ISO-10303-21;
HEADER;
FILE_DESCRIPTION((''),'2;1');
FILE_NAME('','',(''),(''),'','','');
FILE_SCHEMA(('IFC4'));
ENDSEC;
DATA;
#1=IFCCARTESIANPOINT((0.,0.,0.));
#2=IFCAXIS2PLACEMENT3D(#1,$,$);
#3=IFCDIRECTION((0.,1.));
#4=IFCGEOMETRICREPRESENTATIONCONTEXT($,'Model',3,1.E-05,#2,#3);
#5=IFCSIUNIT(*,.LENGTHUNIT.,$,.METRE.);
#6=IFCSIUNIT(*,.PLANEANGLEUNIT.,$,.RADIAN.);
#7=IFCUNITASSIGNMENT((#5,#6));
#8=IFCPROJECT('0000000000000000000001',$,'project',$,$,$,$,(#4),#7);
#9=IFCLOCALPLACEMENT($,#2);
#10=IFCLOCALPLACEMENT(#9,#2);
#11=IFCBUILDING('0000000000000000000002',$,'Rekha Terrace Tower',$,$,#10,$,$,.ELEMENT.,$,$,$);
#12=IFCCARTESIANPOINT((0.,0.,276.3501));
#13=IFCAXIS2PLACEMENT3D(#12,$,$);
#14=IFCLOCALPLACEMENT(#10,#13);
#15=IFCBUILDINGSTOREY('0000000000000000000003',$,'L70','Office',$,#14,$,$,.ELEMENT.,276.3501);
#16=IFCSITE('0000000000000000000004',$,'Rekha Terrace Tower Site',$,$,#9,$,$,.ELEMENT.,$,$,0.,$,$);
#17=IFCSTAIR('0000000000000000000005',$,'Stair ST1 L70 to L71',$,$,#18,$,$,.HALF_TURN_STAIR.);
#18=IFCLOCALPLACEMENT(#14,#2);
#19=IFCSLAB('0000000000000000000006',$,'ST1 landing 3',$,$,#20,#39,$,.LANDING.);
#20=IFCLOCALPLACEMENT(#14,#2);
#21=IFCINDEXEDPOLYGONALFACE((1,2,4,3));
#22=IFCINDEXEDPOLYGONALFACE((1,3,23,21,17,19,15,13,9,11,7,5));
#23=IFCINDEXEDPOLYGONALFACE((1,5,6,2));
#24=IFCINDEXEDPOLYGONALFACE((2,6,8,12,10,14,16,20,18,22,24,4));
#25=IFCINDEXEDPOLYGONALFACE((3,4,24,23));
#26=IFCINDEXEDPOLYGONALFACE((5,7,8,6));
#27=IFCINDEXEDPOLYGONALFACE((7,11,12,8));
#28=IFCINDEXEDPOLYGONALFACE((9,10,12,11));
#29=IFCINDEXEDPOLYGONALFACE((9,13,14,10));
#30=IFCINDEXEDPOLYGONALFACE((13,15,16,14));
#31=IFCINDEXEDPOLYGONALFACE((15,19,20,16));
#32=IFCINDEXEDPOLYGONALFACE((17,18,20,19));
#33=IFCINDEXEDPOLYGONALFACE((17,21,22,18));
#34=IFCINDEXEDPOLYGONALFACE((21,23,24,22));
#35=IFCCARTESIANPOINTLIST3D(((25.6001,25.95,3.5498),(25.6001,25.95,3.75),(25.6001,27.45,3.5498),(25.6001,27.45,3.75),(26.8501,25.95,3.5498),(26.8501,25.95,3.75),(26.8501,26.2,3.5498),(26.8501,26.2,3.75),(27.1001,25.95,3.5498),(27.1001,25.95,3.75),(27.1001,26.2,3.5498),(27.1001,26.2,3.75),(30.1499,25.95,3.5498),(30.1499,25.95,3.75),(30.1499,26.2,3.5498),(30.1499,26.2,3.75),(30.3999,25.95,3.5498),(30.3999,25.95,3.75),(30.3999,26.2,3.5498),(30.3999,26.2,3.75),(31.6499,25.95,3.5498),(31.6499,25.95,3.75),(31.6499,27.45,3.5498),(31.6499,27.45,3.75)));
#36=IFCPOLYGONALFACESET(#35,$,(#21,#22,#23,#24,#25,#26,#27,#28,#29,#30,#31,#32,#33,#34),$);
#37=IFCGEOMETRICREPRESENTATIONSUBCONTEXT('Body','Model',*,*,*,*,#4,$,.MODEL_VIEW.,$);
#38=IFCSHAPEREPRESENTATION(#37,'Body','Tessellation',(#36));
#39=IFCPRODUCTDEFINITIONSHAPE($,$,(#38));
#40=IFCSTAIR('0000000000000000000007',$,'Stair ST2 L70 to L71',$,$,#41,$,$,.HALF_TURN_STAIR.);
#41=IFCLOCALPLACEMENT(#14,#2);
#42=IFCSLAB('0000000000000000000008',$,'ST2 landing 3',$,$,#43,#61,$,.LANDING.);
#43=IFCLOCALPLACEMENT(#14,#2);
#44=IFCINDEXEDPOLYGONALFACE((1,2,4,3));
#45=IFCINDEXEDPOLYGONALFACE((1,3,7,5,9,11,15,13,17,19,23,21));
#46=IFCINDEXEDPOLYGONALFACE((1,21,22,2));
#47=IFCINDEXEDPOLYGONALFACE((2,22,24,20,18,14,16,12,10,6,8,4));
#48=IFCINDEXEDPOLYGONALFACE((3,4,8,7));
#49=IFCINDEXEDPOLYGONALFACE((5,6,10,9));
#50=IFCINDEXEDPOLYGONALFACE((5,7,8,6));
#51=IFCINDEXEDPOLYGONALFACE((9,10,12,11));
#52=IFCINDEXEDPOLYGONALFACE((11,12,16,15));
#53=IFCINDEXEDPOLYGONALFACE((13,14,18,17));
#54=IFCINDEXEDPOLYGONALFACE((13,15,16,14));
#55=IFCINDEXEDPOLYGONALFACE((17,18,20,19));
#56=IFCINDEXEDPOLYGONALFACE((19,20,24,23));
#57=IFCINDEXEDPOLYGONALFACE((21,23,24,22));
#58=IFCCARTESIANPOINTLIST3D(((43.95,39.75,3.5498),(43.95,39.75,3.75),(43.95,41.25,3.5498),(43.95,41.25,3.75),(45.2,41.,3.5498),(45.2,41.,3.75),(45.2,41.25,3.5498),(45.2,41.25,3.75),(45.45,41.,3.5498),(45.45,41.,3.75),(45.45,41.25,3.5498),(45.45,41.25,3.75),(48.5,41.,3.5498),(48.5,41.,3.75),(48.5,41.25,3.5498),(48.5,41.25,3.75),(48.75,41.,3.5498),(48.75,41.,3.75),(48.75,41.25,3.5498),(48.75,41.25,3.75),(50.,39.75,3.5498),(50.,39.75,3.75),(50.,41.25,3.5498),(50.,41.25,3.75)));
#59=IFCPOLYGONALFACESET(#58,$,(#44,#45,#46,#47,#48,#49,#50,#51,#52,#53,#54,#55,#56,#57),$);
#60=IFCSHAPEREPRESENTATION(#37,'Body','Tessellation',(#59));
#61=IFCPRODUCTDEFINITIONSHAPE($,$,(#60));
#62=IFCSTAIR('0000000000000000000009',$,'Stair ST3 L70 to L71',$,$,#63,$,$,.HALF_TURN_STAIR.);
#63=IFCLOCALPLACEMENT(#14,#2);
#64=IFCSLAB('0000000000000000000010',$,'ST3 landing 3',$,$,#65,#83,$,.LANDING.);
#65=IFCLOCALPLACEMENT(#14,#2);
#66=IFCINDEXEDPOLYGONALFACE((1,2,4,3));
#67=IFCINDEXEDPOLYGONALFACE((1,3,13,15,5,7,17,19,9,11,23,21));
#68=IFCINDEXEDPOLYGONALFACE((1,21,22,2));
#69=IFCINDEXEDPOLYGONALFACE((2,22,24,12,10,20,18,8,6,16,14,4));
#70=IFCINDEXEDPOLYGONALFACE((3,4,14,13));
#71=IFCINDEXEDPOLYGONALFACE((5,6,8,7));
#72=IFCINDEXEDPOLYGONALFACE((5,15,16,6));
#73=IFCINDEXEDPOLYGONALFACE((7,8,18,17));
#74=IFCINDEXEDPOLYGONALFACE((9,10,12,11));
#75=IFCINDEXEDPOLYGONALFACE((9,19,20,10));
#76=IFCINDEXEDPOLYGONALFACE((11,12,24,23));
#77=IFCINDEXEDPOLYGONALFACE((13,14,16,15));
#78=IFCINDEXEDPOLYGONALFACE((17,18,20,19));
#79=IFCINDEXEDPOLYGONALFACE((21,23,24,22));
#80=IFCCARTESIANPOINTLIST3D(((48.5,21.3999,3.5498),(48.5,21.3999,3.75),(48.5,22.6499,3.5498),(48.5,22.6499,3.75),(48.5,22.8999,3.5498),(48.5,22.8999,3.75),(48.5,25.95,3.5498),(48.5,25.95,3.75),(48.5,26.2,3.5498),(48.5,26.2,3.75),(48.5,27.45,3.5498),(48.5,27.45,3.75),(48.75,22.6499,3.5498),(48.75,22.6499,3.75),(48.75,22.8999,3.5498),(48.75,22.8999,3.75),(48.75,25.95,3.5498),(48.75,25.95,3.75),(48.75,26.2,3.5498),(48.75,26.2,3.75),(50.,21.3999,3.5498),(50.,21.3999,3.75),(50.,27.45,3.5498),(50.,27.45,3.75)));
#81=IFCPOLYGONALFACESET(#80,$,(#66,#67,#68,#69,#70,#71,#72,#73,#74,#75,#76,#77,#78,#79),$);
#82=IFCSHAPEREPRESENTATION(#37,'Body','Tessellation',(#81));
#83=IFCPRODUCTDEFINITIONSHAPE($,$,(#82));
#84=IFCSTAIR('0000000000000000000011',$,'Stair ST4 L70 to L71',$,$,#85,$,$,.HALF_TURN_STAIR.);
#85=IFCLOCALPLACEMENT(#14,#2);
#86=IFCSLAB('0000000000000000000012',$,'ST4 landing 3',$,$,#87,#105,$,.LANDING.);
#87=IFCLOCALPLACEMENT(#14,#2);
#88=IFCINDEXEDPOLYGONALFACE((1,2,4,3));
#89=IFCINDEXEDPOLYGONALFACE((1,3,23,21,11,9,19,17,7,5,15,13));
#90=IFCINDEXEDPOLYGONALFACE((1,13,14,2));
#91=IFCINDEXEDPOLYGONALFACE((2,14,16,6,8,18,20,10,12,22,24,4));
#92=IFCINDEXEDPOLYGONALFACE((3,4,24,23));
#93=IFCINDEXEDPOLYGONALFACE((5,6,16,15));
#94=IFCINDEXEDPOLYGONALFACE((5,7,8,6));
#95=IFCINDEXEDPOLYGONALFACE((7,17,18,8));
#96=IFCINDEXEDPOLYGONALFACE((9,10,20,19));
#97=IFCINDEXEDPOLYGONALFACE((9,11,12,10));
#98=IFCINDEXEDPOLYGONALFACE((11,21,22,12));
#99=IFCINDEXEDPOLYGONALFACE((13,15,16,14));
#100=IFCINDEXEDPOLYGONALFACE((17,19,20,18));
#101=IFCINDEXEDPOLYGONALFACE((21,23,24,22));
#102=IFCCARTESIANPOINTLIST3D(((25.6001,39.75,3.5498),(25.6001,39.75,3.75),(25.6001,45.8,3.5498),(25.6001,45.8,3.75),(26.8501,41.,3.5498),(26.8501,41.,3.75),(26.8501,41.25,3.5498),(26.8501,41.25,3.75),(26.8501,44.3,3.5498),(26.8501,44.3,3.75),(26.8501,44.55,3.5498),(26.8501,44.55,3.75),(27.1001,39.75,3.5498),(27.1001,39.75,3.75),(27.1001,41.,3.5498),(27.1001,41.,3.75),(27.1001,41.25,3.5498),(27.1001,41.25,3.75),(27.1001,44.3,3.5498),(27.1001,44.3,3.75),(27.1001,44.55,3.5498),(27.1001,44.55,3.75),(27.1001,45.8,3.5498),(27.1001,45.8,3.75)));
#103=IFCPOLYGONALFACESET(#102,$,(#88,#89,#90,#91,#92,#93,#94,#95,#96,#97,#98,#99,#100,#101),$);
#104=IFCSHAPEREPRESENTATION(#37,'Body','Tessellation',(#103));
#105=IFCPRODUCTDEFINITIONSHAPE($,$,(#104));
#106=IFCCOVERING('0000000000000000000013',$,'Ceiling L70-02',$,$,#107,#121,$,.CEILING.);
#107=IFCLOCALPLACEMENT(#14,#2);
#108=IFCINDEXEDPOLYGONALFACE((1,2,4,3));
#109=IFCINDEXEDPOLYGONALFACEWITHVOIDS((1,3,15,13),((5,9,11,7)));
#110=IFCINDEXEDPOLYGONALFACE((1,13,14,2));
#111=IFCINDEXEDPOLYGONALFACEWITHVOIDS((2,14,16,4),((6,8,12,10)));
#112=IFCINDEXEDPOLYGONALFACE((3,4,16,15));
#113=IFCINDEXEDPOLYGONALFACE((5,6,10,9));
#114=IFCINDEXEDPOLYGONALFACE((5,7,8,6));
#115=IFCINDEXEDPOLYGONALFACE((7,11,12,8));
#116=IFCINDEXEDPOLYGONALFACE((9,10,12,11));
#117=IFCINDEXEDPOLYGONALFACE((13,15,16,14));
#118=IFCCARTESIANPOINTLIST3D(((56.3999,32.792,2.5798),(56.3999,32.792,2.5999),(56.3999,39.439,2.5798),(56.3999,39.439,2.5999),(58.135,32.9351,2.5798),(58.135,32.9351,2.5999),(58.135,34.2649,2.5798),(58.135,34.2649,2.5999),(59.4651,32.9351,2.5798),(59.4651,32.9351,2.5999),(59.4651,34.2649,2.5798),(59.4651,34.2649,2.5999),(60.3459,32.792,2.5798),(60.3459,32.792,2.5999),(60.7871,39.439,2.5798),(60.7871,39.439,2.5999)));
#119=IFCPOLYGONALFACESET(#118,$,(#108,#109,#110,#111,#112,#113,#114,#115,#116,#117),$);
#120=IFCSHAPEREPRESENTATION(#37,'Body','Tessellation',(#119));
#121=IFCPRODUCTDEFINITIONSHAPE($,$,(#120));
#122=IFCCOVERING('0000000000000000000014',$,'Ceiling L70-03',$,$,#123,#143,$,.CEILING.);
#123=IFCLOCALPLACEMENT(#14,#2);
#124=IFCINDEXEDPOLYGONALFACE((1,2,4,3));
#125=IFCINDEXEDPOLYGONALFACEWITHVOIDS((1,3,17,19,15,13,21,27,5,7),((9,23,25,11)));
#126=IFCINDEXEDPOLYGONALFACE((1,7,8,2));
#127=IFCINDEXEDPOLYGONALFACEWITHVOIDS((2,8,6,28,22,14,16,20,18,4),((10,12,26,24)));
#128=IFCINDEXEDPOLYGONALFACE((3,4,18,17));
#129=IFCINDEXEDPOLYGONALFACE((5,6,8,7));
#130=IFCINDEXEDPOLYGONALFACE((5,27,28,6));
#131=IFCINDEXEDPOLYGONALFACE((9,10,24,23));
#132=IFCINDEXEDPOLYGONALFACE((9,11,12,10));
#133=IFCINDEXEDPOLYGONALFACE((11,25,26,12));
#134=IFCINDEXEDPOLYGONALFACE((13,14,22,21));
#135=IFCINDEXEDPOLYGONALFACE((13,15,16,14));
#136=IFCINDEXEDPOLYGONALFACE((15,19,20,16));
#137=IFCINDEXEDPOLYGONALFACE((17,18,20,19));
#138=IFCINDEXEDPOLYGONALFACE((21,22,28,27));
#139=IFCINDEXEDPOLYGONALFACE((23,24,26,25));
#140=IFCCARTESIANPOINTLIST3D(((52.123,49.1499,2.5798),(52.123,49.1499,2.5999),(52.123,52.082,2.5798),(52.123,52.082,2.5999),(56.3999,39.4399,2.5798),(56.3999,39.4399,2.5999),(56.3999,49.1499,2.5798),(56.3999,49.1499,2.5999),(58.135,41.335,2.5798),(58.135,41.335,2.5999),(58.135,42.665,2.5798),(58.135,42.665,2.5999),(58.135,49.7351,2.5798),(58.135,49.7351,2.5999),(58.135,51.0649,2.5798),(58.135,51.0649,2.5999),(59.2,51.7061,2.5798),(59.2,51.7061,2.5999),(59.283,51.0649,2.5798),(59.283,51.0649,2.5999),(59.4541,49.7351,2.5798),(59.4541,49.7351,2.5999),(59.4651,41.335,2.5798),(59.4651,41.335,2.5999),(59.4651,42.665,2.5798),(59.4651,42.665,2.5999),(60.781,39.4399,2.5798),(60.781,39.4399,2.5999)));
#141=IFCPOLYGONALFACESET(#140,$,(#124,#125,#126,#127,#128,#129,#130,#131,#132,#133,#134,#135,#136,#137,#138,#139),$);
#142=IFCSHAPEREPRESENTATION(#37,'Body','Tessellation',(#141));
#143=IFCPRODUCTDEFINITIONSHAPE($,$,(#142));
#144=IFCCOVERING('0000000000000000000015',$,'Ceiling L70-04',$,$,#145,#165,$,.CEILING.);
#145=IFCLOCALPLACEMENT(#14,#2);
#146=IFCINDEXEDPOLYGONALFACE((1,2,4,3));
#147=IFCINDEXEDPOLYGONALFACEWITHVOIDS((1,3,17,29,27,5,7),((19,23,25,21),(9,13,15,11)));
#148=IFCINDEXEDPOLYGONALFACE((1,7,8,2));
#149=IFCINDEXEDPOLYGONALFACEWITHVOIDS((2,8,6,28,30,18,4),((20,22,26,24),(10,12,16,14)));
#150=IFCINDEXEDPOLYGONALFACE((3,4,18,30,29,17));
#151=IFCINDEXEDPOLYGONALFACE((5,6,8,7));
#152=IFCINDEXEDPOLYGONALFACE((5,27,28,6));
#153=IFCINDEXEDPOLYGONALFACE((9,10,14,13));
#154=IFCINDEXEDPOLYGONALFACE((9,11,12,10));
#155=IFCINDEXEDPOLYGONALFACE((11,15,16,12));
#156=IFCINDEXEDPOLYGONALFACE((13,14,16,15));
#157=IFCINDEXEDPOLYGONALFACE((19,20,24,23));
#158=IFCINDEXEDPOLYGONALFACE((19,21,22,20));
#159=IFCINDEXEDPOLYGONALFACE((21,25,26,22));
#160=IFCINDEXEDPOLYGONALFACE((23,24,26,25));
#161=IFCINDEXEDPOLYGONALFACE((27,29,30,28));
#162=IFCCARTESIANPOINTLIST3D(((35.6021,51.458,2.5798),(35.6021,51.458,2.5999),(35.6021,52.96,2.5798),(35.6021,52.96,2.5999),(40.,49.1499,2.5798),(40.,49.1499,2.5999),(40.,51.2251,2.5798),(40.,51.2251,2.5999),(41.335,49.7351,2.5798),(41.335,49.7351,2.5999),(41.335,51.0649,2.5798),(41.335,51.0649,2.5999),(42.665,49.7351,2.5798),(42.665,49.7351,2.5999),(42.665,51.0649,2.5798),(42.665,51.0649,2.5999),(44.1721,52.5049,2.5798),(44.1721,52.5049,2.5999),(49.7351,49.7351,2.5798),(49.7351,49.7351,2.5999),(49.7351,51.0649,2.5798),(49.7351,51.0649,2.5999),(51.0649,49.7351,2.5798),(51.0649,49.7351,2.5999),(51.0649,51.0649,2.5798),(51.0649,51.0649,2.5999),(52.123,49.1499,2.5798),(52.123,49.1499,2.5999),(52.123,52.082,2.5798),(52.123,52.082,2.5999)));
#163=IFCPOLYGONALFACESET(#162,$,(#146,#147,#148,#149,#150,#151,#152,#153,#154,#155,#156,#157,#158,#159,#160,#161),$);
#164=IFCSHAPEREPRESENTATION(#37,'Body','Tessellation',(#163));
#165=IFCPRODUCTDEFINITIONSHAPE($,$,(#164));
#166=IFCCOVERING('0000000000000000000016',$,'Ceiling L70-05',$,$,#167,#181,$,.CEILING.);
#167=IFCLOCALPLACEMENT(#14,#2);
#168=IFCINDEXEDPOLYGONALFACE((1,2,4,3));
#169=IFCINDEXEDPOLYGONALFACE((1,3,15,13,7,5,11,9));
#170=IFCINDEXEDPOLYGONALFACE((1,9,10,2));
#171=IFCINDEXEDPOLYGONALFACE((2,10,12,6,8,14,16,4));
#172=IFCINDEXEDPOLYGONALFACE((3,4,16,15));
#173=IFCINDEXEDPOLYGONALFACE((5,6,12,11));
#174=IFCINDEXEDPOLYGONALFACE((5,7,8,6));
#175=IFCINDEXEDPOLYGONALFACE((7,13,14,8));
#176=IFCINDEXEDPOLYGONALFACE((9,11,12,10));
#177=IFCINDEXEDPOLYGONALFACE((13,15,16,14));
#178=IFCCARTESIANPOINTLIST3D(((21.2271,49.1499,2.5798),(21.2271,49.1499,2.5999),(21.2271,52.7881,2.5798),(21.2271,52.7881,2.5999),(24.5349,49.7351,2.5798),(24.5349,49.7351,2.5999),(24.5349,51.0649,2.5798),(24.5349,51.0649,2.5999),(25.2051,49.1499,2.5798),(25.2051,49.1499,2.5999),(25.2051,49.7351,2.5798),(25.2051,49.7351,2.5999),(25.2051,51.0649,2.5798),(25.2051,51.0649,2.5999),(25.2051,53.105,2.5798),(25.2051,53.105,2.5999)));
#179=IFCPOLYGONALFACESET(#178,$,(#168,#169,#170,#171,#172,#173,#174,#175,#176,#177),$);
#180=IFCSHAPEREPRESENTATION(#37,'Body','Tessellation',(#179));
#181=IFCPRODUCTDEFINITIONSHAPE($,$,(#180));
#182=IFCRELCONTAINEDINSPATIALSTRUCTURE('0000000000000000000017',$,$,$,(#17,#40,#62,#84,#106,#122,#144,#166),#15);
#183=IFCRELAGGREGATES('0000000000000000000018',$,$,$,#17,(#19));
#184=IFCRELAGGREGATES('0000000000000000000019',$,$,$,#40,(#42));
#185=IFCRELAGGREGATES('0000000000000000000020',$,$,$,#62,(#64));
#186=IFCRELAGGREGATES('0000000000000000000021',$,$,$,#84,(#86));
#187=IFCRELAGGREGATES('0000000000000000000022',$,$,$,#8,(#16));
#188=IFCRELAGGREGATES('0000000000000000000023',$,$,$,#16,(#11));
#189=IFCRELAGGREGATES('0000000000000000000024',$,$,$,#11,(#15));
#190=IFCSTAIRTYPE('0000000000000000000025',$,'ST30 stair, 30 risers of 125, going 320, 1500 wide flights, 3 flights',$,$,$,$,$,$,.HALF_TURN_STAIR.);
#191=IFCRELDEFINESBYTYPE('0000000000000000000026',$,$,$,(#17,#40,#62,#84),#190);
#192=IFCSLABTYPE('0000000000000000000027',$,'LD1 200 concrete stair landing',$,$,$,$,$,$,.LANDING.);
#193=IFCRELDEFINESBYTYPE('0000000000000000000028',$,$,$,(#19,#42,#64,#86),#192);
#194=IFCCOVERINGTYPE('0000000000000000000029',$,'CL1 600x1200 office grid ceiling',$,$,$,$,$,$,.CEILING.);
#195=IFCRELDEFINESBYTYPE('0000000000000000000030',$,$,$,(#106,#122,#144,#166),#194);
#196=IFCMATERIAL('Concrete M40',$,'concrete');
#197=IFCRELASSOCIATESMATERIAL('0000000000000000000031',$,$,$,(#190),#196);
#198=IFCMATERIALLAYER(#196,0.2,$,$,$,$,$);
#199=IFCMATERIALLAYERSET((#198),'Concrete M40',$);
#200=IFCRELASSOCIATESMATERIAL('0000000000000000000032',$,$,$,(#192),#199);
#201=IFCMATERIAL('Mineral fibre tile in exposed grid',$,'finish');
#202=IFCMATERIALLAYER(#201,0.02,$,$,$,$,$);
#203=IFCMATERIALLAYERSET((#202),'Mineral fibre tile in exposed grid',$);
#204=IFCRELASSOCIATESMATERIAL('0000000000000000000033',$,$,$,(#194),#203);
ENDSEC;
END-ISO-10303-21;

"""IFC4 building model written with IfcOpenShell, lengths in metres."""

from ifc_helpers import new_model, si_unit, direction, frame, origin, place, context, subcontext, project, spatial, polyline, outline, extrude, material, layer, layer_set, type_object, element, aggregate, save


model = new_model("IFC4")

# Units and contexts
model_context = context("Model", 3, precision=1e-05, world=origin(), true_north=direction((0.0, 1.0)))
body_context = subcontext(model_context, "Body", "Model", "MODEL_VIEW")
ifc_project = project(units=[si_unit("LENGTHUNIT", "METRE"), si_unit("PLANEANGLEUNIT", "RADIAN")], contexts=[model_context])

# Site, building, storey
site_placement = place(None, origin())
site = spatial("IfcSite", under=ifc_project, at=site_placement, Name="Rekha Terrace Tower Site", CompositionType="ELEMENT", RefElevation=0.0)
building_placement = place(site_placement, origin())
building = spatial("IfcBuilding", under=site, at=building_placement, Name="Rekha Terrace Tower", CompositionType="ELEMENT")
storey_placement = place(building_placement, frame((0.0, 0.0, 276.3501)))
storey = spatial("IfcBuildingStorey", under=building, at=storey_placement, Name="L70", Description="Office", CompositionType="ELEMENT", Elevation=276.3501)

# Stairs, slabs
ifc_material_1 = material(Name="Concrete M40", Category="concrete")
stair_type = type_object("IfcStairType", Name="ST30 stair, 30 risers of 125, going 320, 1500 wide flights, 3 flights", PredefinedType="HALF_TURN_STAIR", material=ifc_material_1)
stair_1_placement = place(storey_placement, origin())
stair_1 = element("IfcStair", 1, at=stair_1_placement, inside=storey, type_object=stair_type, Name="Stair ST1 L70 to L71", PredefinedType="HALF_TURN_STAIR")
ifc_layer_1 = layer(ifc_material_1, 0.2)
ifc_layer_set_1 = layer_set([ifc_layer_1], Name="Concrete M40")
slab_type = type_object("IfcSlabType", Name="LD1 200 concrete stair landing", PredefinedType="LANDING", material=ifc_layer_set_1)
slab_1_placement = place(storey_placement, frame((0.0, 0.0, 3.5498)))
slab_1 = element("IfcSlab", 2, at=slab_1_placement, type_object=slab_type, Name="ST1 landing 3", PredefinedType="LANDING", context=body_context, shape_type="SweptSolid", body=[
    extrude(outline(polyline([(31.6499, 25.95), (31.6499, 27.45), (25.6001, 27.45), (25.6001, 25.95), (26.8501, 25.95), (26.8501, 26.2), (27.1001, 26.2), (27.1001, 25.95), (30.1499, 25.95), (30.1499, 26.2), (30.3999, 26.2), (30.3999, 25.95), (31.6499, 25.95)])), origin(), (0.0, 0.0, 1.0), 0.2002),
])
aggregate(stair_1, [slab_1])
stair_2_placement = place(storey_placement, origin())
stair_2 = element("IfcStair", 3, at=stair_2_placement, inside=storey, type_object=stair_type, Name="Stair ST2 L70 to L71", PredefinedType="HALF_TURN_STAIR")
slab_2_placement = place(storey_placement, frame((0.0, 0.0, 3.5498)))
slab_2 = element("IfcSlab", 4, at=slab_2_placement, type_object=slab_type, Name="ST2 landing 3", PredefinedType="LANDING", context=body_context, shape_type="SweptSolid", body=[
    extrude(outline(polyline([(43.95, 41.25), (43.95, 39.75), (50.0, 39.75), (50.0, 41.25), (48.75, 41.25), (48.75, 41.0), (48.5, 41.0), (48.5, 41.25), (45.45, 41.25), (45.45, 41.0), (45.2, 41.0), (45.2, 41.25), (43.95, 41.25)])), origin(), (0.0, 0.0, 1.0), 0.2002),
])
aggregate(stair_2, [slab_2])
stair_3_placement = place(storey_placement, origin())
stair_3 = element("IfcStair", 5, at=stair_3_placement, inside=storey, type_object=stair_type, Name="Stair ST3 L70 to L71", PredefinedType="HALF_TURN_STAIR")
slab_3_placement = place(storey_placement, frame((0.0, 0.0, 3.5498)))
slab_3 = element("IfcSlab", 6, at=slab_3_placement, type_object=slab_type, Name="ST3 landing 3", PredefinedType="LANDING", context=body_context, shape_type="SweptSolid", body=[
    extrude(outline(polyline([(48.5, 21.3999), (50.0, 21.3999), (50.0, 27.45), (48.5, 27.45), (48.5, 26.2), (48.75, 26.2), (48.75, 25.95), (48.5, 25.95), (48.5, 22.8999), (48.75, 22.8999), (48.75, 22.6499), (48.5, 22.6499), (48.5, 21.3999)])), origin(), (0.0, 0.0, 1.0), 0.2002),
])
aggregate(stair_3, [slab_3])
stair_4_placement = place(storey_placement, origin())
stair_4 = element("IfcStair", 7, at=stair_4_placement, inside=storey, type_object=stair_type, Name="Stair ST4 L70 to L71", PredefinedType="HALF_TURN_STAIR")
slab_4_placement = place(storey_placement, frame((0.0, 0.0, 3.5498)))
slab_4 = element("IfcSlab", 8, at=slab_4_placement, type_object=slab_type, Name="ST4 landing 3", PredefinedType="LANDING", context=body_context, shape_type="SweptSolid", body=[
    extrude(outline(polyline([(27.1001, 39.75), (25.6001, 39.75), (25.6001, 45.8), (27.1001, 45.8), (27.1001, 44.55), (26.8501, 44.55), (26.8501, 44.3), (27.1001, 44.3), (27.1001, 41.25), (26.8501, 41.25), (26.8501, 41.0), (27.1001, 41.0), (27.1001, 39.75)])), origin(), (0.0, 0.0, 1.0), 0.2002),
])
aggregate(stair_4, [slab_4])

# Coverings
ifc_material_2 = material(Name="Mineral fibre tile in exposed grid", Category="finish")
ifc_layer_2 = layer(ifc_material_2, 0.02)
ifc_layer_set_2 = layer_set([ifc_layer_2], Name="Mineral fibre tile in exposed grid")
covering_type_1 = type_object("IfcCoveringType", Name="CL1 600x1200 office grid ceiling", PredefinedType="CEILING", material=ifc_layer_set_2)
covering_1_placement = place(storey_placement, frame((0.0, 0.0, 2.5798)))
element("IfcCovering", 9, at=covering_1_placement, inside=storey, type_object=covering_type_1, Name="Ceiling L70-02", PredefinedType="CEILING", context=body_context, shape_type="SweptSolid", body=[
    extrude(outline(polyline([(56.3999, 32.792), (60.3459, 32.792), (60.7871, 39.439), (56.3999, 39.439), (56.3999, 32.792)]), holes=[polyline([(59.4651, 34.2649), (59.4651, 32.9351), (58.135, 32.9351), (58.135, 34.2649), (59.4651, 34.2649)])]), origin(), (0.0, 0.0, 1.0), 0.02),
])
covering_2_placement = place(storey_placement, frame((0.0, 0.0, 2.5798)))
element("IfcCovering", 10, at=covering_2_placement, inside=storey, type_object=covering_type_1, Name="Ceiling L70-03", PredefinedType="CEILING", context=body_context, shape_type="SweptSolid", body=[
    extrude(outline(polyline([(59.2, 51.7061), (52.123, 52.082), (52.123, 49.1499), (56.3999, 49.1499), (56.3999, 39.4399), (60.781, 39.4399), (59.4541, 49.7351), (58.135, 49.7351), (58.135, 51.0649), (59.283, 51.0649), (59.2, 51.7061)]), holes=[polyline([(59.4651, 41.335), (58.135, 41.335), (58.135, 42.665), (59.4651, 42.665), (59.4651, 41.335)])]), origin(), (0.0, 0.0, 1.0), 0.02),
])
covering_3_placement = place(storey_placement, frame((0.0, 0.0, 2.5798)))
element("IfcCovering", 11, at=covering_3_placement, inside=storey, type_object=covering_type_1, Name="Ceiling L70-04", PredefinedType="CEILING", context=body_context, shape_type="SweptSolid", body=[
    extrude(outline(polyline([(44.1721, 52.5049), (35.6021, 52.96), (35.6021, 51.458), (40.0, 51.2251), (40.0, 49.1499), (52.123, 49.1499), (52.123, 52.082), (44.1721, 52.5049)]), holes=[polyline([(51.0649, 51.0649), (51.0649, 49.7351), (49.7351, 49.7351), (49.7351, 51.0649), (51.0649, 51.0649)]), polyline([(42.665, 49.7351), (41.335, 49.7351), (41.335, 51.0649), (42.665, 51.0649), (42.665, 49.7351)])]), origin(), (0.0, 0.0, 1.0), 0.02),
])
covering_4_placement = place(storey_placement, frame((0.0, 0.0, 2.5798)))
element("IfcCovering", 12, at=covering_4_placement, inside=storey, type_object=covering_type_1, Name="Ceiling L70-05", PredefinedType="CEILING", context=body_context, shape_type="SweptSolid", body=[
    extrude(outline(polyline([(25.2051, 51.0649), (25.2051, 53.105), (21.2271, 52.7881), (21.2271, 49.1499), (25.2051, 49.1499), (25.2051, 49.7351), (24.5349, 49.7351), (24.5349, 51.0649), (25.2051, 51.0649)])), origin(), (0.0, 0.0, 1.0), 0.02),
])

save(model, "model.ifc")
